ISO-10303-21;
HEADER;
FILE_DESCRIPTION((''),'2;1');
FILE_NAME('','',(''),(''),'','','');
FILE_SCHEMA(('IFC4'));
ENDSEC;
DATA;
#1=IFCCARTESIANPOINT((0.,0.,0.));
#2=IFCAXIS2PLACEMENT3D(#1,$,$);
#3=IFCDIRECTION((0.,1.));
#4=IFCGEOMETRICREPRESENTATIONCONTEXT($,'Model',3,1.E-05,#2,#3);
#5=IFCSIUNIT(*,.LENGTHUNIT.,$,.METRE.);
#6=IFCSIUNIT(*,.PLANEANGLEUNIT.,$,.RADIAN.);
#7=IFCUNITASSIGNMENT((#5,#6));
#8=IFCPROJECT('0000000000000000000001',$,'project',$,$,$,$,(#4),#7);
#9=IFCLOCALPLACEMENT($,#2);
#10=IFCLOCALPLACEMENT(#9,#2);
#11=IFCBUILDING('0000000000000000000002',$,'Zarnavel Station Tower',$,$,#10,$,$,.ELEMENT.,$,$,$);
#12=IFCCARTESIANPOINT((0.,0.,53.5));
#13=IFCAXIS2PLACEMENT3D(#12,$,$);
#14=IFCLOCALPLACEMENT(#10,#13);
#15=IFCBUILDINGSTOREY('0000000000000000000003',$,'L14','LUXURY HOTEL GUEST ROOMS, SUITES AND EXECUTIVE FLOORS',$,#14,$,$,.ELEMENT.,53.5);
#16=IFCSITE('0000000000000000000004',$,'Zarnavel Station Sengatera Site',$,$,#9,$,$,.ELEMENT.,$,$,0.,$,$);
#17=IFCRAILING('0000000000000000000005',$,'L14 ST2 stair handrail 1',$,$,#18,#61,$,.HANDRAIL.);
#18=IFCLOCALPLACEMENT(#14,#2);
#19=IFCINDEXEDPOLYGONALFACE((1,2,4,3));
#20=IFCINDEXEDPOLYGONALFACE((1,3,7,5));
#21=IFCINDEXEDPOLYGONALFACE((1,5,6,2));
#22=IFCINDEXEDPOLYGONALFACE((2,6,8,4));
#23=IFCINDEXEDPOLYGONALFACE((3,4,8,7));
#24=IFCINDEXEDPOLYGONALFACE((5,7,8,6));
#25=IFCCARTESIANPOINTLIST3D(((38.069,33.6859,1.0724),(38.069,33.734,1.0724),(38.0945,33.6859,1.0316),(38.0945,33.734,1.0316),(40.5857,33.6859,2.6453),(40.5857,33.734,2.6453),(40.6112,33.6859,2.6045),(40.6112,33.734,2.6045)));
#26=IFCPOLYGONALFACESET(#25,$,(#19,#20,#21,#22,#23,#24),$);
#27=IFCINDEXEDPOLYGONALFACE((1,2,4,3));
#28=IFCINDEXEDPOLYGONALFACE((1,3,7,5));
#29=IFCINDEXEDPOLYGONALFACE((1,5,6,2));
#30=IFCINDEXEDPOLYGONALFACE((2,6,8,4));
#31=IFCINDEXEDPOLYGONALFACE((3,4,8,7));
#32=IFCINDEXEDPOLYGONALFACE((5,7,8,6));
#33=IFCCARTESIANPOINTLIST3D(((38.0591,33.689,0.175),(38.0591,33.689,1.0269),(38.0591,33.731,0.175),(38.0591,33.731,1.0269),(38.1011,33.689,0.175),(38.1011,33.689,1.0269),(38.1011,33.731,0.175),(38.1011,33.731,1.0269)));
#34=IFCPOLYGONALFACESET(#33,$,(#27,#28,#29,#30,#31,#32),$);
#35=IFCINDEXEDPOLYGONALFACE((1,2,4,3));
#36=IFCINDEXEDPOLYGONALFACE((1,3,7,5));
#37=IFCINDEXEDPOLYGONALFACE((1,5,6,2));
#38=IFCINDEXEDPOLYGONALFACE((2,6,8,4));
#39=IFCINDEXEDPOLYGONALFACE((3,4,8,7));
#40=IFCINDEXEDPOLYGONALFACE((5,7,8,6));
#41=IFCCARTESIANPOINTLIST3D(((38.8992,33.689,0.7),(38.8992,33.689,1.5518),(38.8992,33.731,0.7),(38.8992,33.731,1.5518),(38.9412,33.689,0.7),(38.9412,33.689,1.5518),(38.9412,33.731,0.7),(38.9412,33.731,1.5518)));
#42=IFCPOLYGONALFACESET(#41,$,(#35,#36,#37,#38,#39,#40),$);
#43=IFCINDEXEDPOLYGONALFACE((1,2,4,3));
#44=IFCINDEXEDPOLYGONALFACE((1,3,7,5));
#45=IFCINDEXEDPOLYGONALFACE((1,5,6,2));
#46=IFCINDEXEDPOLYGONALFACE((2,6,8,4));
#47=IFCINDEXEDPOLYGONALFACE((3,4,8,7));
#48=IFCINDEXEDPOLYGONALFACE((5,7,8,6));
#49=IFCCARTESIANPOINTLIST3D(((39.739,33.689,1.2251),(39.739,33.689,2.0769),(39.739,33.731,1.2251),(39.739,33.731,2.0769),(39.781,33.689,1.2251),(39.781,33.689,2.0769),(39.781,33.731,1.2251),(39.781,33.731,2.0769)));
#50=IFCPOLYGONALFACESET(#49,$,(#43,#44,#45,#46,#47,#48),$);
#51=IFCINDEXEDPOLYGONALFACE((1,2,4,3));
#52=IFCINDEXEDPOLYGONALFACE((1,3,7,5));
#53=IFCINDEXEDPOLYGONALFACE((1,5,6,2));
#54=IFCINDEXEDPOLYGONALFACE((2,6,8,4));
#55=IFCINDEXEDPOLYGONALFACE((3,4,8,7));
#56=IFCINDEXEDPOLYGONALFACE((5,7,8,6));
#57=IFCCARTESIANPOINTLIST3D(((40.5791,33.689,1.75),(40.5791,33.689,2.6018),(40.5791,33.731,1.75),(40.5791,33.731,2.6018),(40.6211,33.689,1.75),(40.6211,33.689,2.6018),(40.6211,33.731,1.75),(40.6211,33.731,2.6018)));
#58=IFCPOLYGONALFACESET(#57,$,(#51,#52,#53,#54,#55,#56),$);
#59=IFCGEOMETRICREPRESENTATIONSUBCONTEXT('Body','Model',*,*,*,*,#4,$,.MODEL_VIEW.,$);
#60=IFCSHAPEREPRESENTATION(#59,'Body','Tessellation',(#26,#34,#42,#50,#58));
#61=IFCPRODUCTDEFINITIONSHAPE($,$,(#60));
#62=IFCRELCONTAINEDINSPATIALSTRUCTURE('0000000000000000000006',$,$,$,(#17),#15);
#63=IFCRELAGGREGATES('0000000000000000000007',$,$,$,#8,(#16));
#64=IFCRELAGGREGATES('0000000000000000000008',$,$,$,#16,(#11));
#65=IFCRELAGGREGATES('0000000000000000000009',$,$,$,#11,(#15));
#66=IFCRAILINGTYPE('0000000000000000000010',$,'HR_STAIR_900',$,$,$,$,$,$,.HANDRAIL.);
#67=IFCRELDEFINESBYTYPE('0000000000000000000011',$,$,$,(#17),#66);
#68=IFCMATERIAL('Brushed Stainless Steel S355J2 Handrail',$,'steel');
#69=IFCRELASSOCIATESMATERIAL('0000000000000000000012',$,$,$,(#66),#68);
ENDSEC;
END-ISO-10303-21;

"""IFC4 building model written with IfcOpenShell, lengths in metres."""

from ifc_helpers import new_model, si_unit, direction, frame, origin, origin_2d, place, context, subcontext, project, spatial, rectangle, extrude, material, type_object, element, save


model = new_model("IFC4")

# Units and contexts
model_context = context("Model", 3, precision=1e-05, world=origin(), true_north=direction((0.0, 1.0)))
body_context = subcontext(model_context, "Body", "Model", "MODEL_VIEW")
ifc_project = project(units=[si_unit("LENGTHUNIT", "METRE"), si_unit("PLANEANGLEUNIT", "RADIAN")], contexts=[model_context])

# Site, building, storey
site_placement = place(None, origin())
site = spatial("IfcSite", under=ifc_project, at=site_placement, Name="Zarnavel Station Sengatera Site", CompositionType="ELEMENT", RefElevation=0.0)
building_placement = place(site_placement, origin())
building = spatial("IfcBuilding", under=site, at=building_placement, Name="Zarnavel Station Tower", CompositionType="ELEMENT")
storey_placement = place(building_placement, frame((0.0, 0.0, 53.5)))
storey = spatial("IfcBuildingStorey", under=building, at=storey_placement, Name="L14", Description="LUXURY HOTEL GUEST ROOMS, SUITES AND EXECUTIVE FLOORS", CompositionType="ELEMENT", Elevation=53.5)

# Railing
ifc_material_1 = material(Name="Brushed Stainless Steel S355J2 Handrail", Category="steel")
railing_type_1 = type_object("IfcRailingType", Name="HR_STAIR_900", PredefinedType="HANDRAIL", material=ifc_material_1)
railing_1_placement = place(storey_placement, frame((38.0801, 33.71, 0.175)))
element("IfcRailing", 1, at=railing_1_placement, inside=storey, type_object=railing_type_1, Name="L14 ST2 stair handrail 1", PredefinedType="HANDRAIL", context=body_context, shape_type="SweptSolid", body=[
    extrude(rectangle(XDim=0.0481, YDim=0.0481, at=origin_2d()), frame((0.0017, 0.0, 0.877), z_axis=(0.848008, 0.0, 0.529984), x_axis=(0.0, 1.0, 0.0)), (0.0, 0.0, 1.0), 2.9678),
    extrude(rectangle(XDim=0.042, YDim=0.042, at=origin_2d()), origin(), (0.0, 0.0, 1.0), 0.8518),
    extrude(rectangle(XDim=0.042, YDim=0.042, at=origin_2d()), frame((0.8401, 0.0, 0.5249)), (0.0, 0.0, 1.0), 0.8518),
    extrude(rectangle(XDim=0.042, YDim=0.042, at=origin_2d()), frame((1.6799, 0.0, 1.05)), (0.0, 0.0, 1.0), 0.8518),
    extrude(rectangle(XDim=0.042, YDim=0.042, at=origin_2d()), frame((2.52, 0.0, 1.575)), (0.0, 0.0, 1.0), 0.8518),
])

save(model, "model.ifc")
